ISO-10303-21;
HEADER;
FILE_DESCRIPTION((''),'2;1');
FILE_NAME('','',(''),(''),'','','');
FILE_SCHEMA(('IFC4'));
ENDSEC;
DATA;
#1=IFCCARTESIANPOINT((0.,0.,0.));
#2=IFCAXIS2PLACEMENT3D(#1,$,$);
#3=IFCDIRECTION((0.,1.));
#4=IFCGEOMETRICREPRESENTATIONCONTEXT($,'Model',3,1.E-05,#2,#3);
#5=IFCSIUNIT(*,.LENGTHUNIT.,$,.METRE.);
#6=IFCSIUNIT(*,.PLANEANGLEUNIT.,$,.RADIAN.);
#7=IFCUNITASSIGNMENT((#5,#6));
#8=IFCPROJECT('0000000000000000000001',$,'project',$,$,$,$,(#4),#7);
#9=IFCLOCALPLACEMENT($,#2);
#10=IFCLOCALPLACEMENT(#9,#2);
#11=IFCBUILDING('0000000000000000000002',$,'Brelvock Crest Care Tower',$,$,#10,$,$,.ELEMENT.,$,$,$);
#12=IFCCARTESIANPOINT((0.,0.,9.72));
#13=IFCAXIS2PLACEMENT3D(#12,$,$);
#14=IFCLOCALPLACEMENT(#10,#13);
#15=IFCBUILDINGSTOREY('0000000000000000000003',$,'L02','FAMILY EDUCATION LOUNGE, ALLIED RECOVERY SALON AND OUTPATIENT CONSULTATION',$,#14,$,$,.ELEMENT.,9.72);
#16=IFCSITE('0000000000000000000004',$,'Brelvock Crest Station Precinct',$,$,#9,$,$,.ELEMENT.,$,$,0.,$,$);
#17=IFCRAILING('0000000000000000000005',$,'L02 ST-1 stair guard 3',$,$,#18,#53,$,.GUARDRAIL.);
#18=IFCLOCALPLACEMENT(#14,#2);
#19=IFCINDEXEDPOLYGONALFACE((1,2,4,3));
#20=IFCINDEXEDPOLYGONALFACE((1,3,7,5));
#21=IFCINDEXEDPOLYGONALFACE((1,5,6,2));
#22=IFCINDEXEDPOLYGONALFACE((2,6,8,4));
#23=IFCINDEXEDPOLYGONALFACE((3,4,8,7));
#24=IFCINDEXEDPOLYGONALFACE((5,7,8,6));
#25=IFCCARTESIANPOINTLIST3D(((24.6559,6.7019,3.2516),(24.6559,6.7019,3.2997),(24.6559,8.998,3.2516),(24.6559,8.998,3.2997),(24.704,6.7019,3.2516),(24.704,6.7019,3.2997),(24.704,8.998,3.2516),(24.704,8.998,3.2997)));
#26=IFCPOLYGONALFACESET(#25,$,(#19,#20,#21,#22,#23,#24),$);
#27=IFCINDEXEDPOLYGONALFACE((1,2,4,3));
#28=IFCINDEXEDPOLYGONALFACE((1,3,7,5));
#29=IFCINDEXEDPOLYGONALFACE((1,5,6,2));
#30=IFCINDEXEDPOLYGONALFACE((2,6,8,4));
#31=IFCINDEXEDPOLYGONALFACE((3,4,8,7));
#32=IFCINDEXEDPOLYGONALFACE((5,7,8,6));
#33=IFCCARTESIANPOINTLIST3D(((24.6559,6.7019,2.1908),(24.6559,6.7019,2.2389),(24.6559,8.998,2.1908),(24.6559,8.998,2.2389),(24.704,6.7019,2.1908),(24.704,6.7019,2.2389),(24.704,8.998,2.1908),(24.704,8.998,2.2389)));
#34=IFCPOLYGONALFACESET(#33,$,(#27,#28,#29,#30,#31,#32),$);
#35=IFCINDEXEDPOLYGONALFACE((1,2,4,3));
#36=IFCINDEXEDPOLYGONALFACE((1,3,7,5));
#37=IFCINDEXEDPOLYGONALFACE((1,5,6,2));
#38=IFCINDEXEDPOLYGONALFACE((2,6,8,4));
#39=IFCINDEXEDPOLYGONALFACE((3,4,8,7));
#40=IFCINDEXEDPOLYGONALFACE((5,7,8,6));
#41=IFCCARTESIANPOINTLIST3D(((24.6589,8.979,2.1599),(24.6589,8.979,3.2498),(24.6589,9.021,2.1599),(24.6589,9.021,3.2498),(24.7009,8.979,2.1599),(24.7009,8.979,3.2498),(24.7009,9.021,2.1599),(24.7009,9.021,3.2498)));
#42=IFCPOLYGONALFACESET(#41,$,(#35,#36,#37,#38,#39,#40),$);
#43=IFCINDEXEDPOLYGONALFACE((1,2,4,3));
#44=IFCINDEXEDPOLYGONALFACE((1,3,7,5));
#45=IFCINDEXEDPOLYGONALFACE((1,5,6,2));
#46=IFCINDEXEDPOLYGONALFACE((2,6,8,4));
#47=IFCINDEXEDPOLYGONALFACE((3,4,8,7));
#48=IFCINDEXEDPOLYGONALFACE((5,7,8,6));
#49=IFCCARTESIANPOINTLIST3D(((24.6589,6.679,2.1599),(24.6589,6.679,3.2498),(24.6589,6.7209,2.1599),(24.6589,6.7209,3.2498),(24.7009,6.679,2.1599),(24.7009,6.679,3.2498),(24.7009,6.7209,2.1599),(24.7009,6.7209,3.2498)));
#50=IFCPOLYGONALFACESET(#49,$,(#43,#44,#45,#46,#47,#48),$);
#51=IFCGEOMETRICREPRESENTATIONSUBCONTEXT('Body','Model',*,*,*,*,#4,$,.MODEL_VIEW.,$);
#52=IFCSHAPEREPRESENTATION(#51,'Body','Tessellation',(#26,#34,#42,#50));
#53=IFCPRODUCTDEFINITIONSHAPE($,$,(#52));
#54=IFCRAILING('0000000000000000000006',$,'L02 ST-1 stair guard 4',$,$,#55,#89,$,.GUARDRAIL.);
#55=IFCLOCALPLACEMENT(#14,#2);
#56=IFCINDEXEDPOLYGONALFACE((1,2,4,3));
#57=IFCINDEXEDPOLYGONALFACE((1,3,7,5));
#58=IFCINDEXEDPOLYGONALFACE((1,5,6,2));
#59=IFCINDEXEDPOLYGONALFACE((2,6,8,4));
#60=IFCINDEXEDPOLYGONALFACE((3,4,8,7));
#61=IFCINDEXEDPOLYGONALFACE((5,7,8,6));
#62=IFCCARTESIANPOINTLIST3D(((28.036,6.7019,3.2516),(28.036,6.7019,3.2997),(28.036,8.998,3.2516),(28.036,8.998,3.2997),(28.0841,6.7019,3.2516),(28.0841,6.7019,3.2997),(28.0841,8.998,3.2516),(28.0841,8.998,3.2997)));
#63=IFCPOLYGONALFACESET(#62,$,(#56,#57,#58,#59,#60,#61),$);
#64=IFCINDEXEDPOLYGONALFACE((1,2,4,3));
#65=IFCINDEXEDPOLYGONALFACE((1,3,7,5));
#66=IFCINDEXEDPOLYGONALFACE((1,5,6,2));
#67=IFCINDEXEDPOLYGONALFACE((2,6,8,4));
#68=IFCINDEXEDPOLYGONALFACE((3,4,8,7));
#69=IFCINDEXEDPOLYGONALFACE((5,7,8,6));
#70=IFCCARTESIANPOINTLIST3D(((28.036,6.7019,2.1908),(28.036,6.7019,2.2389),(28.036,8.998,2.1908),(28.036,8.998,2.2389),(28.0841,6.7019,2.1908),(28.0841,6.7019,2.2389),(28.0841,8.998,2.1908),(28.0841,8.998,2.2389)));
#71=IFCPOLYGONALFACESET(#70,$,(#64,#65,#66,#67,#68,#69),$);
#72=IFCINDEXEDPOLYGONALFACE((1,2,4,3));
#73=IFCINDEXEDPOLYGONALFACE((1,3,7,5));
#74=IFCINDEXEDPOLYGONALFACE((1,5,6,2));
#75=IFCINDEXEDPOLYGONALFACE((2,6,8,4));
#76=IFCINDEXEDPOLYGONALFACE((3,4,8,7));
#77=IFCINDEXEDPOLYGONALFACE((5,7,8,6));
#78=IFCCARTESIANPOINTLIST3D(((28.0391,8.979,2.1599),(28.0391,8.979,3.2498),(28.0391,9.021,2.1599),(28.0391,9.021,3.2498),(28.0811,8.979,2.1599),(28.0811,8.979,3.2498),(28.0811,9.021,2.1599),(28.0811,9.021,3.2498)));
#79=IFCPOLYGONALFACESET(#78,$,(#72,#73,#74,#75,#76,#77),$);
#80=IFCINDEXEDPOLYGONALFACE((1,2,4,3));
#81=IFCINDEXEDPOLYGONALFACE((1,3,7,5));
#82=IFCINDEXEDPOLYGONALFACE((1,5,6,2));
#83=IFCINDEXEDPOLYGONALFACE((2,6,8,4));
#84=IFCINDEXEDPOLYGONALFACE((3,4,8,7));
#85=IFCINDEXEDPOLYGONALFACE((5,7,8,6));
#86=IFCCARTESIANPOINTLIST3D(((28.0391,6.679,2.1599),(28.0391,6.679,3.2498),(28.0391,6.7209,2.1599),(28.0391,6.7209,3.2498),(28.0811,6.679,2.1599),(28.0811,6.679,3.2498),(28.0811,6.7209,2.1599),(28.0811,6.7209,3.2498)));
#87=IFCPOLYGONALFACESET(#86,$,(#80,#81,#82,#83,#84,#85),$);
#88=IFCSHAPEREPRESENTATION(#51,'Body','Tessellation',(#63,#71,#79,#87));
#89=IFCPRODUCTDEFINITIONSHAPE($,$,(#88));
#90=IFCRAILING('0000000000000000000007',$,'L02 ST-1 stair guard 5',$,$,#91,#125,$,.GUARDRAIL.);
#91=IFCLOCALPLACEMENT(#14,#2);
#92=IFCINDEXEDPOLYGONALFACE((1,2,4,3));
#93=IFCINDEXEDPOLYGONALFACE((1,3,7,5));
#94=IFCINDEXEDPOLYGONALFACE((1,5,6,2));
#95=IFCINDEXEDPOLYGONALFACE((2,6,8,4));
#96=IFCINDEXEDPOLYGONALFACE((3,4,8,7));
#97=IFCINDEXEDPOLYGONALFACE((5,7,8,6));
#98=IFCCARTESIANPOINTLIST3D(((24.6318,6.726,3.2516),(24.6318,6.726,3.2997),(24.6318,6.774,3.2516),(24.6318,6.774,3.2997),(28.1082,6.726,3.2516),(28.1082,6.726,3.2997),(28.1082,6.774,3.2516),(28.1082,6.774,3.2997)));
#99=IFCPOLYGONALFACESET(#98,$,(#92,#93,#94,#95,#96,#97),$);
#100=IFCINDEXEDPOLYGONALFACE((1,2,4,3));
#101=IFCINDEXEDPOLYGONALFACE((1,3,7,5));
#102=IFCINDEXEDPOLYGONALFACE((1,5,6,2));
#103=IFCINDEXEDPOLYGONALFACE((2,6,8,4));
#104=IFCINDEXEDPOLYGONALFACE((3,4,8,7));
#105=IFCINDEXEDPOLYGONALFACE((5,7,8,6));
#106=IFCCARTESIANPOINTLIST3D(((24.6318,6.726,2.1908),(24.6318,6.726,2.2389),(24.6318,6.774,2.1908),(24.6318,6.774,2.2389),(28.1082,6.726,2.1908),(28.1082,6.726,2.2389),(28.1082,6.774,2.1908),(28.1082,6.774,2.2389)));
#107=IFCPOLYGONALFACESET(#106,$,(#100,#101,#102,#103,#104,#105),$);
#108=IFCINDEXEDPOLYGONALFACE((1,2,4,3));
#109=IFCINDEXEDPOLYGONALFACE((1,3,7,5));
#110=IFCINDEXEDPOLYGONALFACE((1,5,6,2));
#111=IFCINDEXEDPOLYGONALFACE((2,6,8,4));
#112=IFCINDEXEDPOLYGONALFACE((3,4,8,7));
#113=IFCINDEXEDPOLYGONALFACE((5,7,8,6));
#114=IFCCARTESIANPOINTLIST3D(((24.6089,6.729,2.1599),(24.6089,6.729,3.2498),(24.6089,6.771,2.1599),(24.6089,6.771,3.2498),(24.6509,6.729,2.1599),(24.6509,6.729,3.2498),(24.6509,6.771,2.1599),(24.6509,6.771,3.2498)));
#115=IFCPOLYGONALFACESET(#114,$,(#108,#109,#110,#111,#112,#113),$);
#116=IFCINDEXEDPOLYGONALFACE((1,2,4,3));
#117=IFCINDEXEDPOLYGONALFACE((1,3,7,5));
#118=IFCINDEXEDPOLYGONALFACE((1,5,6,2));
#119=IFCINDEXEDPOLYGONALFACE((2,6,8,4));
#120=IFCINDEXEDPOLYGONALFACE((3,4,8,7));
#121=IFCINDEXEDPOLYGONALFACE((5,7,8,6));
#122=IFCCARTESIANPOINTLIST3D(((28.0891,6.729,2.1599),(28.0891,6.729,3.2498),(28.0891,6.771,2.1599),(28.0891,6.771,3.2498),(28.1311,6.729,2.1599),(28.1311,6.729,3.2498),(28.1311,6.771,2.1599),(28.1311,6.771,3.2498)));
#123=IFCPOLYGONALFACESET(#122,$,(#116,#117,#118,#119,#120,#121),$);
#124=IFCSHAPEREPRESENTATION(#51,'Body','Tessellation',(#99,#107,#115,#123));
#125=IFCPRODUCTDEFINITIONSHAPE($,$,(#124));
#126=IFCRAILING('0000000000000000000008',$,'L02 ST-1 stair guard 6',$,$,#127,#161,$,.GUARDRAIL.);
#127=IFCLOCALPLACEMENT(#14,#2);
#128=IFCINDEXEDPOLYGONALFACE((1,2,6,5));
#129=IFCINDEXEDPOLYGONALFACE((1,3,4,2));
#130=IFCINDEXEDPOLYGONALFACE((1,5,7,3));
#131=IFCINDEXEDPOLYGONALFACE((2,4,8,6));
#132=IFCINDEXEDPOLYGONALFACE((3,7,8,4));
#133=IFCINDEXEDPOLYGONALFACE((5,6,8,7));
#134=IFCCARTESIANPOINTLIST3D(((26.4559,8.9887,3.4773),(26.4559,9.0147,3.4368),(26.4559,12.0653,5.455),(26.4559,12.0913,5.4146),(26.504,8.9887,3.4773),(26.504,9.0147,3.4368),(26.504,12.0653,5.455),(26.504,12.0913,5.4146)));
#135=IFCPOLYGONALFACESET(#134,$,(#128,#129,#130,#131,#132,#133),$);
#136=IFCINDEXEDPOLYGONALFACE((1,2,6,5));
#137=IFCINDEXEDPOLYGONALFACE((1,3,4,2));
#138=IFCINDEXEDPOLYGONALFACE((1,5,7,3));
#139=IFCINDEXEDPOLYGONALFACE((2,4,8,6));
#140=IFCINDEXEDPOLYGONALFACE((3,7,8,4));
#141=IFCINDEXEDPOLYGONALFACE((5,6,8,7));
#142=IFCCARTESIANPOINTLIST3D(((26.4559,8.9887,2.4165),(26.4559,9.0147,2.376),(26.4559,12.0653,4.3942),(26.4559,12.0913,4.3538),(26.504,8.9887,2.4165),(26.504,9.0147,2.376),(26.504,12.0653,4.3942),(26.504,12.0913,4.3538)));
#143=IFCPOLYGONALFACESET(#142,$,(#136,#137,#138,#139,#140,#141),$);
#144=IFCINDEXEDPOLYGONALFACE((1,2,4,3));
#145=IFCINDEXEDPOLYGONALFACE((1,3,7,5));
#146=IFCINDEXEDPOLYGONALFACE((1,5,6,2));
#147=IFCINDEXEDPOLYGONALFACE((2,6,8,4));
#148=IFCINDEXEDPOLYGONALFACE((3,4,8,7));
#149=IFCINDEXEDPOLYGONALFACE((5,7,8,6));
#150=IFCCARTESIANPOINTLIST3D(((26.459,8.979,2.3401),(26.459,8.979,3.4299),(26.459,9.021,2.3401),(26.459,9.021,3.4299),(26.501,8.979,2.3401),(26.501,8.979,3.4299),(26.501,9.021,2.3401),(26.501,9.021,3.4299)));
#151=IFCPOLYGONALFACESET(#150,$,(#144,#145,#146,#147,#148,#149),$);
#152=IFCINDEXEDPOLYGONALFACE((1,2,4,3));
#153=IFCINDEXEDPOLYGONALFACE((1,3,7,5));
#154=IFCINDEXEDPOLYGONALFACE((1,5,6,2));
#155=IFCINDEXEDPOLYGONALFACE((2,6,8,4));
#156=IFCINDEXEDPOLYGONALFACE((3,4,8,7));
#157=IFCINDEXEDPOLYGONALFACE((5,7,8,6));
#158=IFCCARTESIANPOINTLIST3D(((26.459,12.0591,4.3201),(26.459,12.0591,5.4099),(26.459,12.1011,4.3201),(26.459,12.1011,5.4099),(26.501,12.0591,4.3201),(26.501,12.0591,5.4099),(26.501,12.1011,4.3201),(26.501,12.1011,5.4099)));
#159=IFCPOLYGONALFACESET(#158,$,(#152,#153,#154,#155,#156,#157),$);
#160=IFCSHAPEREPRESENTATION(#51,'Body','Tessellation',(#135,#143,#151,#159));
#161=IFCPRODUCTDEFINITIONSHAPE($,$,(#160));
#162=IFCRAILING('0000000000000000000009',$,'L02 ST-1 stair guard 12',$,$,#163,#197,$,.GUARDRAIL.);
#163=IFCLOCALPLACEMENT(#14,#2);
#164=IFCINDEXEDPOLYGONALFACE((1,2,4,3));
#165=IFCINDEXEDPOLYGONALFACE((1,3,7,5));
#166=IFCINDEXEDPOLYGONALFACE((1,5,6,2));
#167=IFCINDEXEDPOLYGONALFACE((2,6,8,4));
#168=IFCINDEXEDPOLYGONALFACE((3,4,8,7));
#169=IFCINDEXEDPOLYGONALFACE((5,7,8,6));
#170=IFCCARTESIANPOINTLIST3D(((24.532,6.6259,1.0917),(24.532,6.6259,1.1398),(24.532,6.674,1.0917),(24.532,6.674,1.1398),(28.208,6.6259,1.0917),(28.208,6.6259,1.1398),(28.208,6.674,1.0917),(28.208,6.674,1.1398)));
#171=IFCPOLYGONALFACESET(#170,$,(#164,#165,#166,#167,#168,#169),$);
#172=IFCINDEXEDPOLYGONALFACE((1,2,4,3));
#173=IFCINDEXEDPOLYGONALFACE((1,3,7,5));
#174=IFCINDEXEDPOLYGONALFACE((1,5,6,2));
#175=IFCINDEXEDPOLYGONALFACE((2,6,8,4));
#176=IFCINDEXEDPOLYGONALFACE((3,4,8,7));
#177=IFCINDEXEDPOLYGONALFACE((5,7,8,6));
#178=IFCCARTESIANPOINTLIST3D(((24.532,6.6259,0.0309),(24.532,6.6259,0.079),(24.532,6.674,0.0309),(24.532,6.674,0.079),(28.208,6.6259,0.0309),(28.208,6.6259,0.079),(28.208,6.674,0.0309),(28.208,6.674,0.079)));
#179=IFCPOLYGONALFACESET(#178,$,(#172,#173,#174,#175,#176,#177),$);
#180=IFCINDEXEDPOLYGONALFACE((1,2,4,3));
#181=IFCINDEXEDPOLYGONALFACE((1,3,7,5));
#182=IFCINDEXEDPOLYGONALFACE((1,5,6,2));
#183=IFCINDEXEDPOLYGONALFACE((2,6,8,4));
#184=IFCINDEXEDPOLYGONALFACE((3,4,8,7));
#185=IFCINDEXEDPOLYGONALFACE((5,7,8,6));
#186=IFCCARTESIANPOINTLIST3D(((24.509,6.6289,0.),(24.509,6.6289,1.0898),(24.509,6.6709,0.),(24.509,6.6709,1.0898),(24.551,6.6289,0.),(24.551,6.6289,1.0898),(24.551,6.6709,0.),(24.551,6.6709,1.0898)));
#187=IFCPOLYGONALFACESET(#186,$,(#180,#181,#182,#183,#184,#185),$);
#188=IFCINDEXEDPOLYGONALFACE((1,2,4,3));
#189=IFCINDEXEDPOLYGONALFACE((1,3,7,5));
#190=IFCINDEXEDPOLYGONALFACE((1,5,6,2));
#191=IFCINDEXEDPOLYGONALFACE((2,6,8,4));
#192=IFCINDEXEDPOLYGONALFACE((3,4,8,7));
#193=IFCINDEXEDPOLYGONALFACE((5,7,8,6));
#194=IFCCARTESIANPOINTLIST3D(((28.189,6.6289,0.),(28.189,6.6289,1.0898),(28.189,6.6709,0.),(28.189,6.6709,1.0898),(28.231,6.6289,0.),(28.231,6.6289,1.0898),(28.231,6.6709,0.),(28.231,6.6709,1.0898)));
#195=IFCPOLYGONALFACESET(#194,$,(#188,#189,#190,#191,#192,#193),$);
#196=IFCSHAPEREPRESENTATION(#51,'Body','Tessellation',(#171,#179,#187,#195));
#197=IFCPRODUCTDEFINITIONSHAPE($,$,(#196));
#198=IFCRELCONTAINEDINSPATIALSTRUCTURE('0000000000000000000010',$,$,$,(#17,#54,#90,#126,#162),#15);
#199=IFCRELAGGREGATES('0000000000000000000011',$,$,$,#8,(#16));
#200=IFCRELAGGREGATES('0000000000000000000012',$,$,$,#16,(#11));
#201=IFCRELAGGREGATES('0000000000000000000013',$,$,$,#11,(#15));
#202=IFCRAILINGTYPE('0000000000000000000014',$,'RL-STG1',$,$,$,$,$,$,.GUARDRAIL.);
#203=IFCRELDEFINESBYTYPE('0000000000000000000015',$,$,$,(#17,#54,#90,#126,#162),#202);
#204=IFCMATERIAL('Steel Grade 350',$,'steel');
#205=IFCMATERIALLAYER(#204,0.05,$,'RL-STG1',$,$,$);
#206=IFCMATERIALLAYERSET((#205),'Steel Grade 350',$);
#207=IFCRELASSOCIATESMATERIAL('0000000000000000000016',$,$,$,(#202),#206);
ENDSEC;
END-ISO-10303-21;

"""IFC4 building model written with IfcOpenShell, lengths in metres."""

from ifc_helpers import new_model, si_unit, direction, frame, origin, origin_2d, place, context, subcontext, project, spatial, rectangle, extrude, material, layer, layer_set, type_object, element, save


model = new_model("IFC4")

# Units and contexts
model_context = context("Model", 3, precision=1e-05, world=origin(), true_north=direction((0.0, 1.0)))
body_context = subcontext(model_context, "Body", "Model", "MODEL_VIEW")
ifc_project = project(units=[si_unit("LENGTHUNIT", "METRE"), si_unit("PLANEANGLEUNIT", "RADIAN")], contexts=[model_context])

# Site, building, storey
site_placement = place(None, origin())
site = spatial("IfcSite", under=ifc_project, at=site_placement, Name="Brelvock Crest Station Precinct", CompositionType="ELEMENT", RefElevation=0.0)
building_placement = place(site_placement, origin())
building = spatial("IfcBuilding", under=site, at=building_placement, Name="Brelvock Crest Care Tower", CompositionType="ELEMENT")
storey_placement = place(building_placement, frame((0.0, 0.0, 9.72)))
storey = spatial("IfcBuildingStorey", under=building, at=storey_placement, Name="L02", Description="FAMILY EDUCATION LOUNGE, ALLIED RECOVERY SALON AND OUTPATIENT CONSULTATION", CompositionType="ELEMENT", Elevation=9.72)

# Shared definitions
ifc_material_1 = material(Name="Steel Grade 350", Category="steel")

# Railings
ifc_layer_1 = layer(ifc_material_1, 0.05, Name="RL-STG1")
ifc_layer_set_1 = layer_set([ifc_layer_1], Name="Steel Grade 350")
railing_type = type_object("IfcRailingType", Name="RL-STG1", PredefinedType="GUARDRAIL", material=ifc_layer_set_1)
for number, where, name in (
    (1, (24.6799, 9.0, 2.1599), "L02 ST-1 stair guard 3"),
    (2, (28.0601, 9.0, 2.1599), "L02 ST-1 stair guard 4"),
):
    element("IfcRailing", number, at=place(storey_placement, frame(where)), inside=storey, type_object=railing_type, Name=name, PredefinedType="GUARDRAIL", context=body_context, shape_type="SweptSolid", body=[
        extrude(rectangle(XDim=0.0481, YDim=0.0481, at=origin_2d()), frame((0.0, -0.002, 1.1157), z_axis=(0.0, -1.0, 0.0), x_axis=(1.0, 0.0, 0.0)), (0.0, 0.0, 1.0), 2.2961),
        extrude(rectangle(XDim=0.0481, YDim=0.0481, at=origin_2d()), frame((0.0, -0.002, 0.0549), z_axis=(0.0, -1.0, 0.0), x_axis=(1.0, 0.0, 0.0)), (0.0, 0.0, 1.0), 2.2961),
        extrude(rectangle(XDim=0.042, YDim=0.042, at=origin_2d()), origin(), (0.0, 0.0, 1.0), 1.0898),
        extrude(rectangle(XDim=0.042, YDim=0.042, at=origin_2d()), frame((0.0, -2.3, 0.0)), (0.0, 0.0, 1.0), 1.0898),
    ])
railing_1_placement = place(storey_placement, frame((24.6299, 6.75, 2.1599)))
element("IfcRailing", 3, at=railing_1_placement, inside=storey, type_object=railing_type, Name="L02 ST-1 stair guard 5", PredefinedType="GUARDRAIL", context=body_context, shape_type="SweptSolid", body=[
    extrude(rectangle(XDim=0.0481, YDim=0.0481, at=origin_2d()), frame((0.002, 0.0, 1.1157), z_axis=(1.0, 0.0, 0.0), x_axis=(0.0, 1.0, 0.0)), (0.0, 0.0, 1.0), 3.4763),
    extrude(rectangle(XDim=0.0481, YDim=0.0481, at=origin_2d()), frame((0.002, 0.0, 0.0549), z_axis=(1.0, 0.0, 0.0), x_axis=(0.0, 1.0, 0.0)), (0.0, 0.0, 1.0), 3.4763),
    extrude(rectangle(XDim=0.042, YDim=0.042, at=origin_2d()), origin(), (0.0, 0.0, 1.0), 1.0898),
    extrude(rectangle(XDim=0.042, YDim=0.042, at=origin_2d()), frame((3.4802, 0.0, 0.0)), (0.0, 0.0, 1.0), 1.0898),
])
railing_2_placement = place(storey_placement, frame((26.48, 9.0, 2.3401)))
element("IfcRailing", 4, at=railing_2_placement, inside=storey, type_object=railing_type, Name="L02 ST-1 stair guard 6", PredefinedType="GUARDRAIL", context=body_context, shape_type="SweptSolid", body=[
    extrude(rectangle(XDim=0.0481, YDim=0.0481, at=origin_2d()), frame((0.0, 0.0017, 1.1169), z_axis=(0.0, 0.841187, 0.540744), x_axis=(-1.0, 0.0, 0.0)), (0.0, 0.0, 1.0), 3.6575),
    extrude(rectangle(XDim=0.0481, YDim=0.0481, at=origin_2d()), frame((0.0, 0.0017, 0.0562), z_axis=(0.0, 0.841187, 0.540744), x_axis=(-1.0, 0.0, 0.0)), (0.0, 0.0, 1.0), 3.6575),
    extrude(rectangle(XDim=0.042, YDim=0.042, at=origin_2d()), origin(), (0.0, 0.0, 1.0), 1.0898),
    extrude(rectangle(XDim=0.042, YDim=0.042, at=origin_2d()), frame((0.0, 3.0801, 1.98)), (0.0, 0.0, 1.0), 1.0898),
])
railing_3_placement = place(storey_placement, frame((24.53, 6.6499, 0.0)))
element("IfcRailing", 5, at=railing_3_placement, inside=storey, type_object=railing_type, Name="L02 ST-1 stair guard 12", PredefinedType="GUARDRAIL", context=body_context, shape_type="SweptSolid", body=[
    extrude(rectangle(XDim=0.0481, YDim=0.0481, at=origin_2d()), frame((0.002, 0.0, 1.1157), z_axis=(1.0, 0.0, 0.0), x_axis=(0.0, 1.0, 0.0)), (0.0, 0.0, 1.0), 3.676),
    extrude(rectangle(XDim=0.0481, YDim=0.0481, at=origin_2d()), frame((0.002, 0.0, 0.0549), z_axis=(1.0, 0.0, 0.0), x_axis=(0.0, 1.0, 0.0)), (0.0, 0.0, 1.0), 3.676),
    extrude(rectangle(XDim=0.042, YDim=0.042, at=origin_2d()), origin(), (0.0, 0.0, 1.0), 1.0898),
    extrude(rectangle(XDim=0.042, YDim=0.042, at=origin_2d()), frame((3.6799, 0.0, 0.0)), (0.0, 0.0, 1.0), 1.0898),
])

save(model, "model.ifc")
